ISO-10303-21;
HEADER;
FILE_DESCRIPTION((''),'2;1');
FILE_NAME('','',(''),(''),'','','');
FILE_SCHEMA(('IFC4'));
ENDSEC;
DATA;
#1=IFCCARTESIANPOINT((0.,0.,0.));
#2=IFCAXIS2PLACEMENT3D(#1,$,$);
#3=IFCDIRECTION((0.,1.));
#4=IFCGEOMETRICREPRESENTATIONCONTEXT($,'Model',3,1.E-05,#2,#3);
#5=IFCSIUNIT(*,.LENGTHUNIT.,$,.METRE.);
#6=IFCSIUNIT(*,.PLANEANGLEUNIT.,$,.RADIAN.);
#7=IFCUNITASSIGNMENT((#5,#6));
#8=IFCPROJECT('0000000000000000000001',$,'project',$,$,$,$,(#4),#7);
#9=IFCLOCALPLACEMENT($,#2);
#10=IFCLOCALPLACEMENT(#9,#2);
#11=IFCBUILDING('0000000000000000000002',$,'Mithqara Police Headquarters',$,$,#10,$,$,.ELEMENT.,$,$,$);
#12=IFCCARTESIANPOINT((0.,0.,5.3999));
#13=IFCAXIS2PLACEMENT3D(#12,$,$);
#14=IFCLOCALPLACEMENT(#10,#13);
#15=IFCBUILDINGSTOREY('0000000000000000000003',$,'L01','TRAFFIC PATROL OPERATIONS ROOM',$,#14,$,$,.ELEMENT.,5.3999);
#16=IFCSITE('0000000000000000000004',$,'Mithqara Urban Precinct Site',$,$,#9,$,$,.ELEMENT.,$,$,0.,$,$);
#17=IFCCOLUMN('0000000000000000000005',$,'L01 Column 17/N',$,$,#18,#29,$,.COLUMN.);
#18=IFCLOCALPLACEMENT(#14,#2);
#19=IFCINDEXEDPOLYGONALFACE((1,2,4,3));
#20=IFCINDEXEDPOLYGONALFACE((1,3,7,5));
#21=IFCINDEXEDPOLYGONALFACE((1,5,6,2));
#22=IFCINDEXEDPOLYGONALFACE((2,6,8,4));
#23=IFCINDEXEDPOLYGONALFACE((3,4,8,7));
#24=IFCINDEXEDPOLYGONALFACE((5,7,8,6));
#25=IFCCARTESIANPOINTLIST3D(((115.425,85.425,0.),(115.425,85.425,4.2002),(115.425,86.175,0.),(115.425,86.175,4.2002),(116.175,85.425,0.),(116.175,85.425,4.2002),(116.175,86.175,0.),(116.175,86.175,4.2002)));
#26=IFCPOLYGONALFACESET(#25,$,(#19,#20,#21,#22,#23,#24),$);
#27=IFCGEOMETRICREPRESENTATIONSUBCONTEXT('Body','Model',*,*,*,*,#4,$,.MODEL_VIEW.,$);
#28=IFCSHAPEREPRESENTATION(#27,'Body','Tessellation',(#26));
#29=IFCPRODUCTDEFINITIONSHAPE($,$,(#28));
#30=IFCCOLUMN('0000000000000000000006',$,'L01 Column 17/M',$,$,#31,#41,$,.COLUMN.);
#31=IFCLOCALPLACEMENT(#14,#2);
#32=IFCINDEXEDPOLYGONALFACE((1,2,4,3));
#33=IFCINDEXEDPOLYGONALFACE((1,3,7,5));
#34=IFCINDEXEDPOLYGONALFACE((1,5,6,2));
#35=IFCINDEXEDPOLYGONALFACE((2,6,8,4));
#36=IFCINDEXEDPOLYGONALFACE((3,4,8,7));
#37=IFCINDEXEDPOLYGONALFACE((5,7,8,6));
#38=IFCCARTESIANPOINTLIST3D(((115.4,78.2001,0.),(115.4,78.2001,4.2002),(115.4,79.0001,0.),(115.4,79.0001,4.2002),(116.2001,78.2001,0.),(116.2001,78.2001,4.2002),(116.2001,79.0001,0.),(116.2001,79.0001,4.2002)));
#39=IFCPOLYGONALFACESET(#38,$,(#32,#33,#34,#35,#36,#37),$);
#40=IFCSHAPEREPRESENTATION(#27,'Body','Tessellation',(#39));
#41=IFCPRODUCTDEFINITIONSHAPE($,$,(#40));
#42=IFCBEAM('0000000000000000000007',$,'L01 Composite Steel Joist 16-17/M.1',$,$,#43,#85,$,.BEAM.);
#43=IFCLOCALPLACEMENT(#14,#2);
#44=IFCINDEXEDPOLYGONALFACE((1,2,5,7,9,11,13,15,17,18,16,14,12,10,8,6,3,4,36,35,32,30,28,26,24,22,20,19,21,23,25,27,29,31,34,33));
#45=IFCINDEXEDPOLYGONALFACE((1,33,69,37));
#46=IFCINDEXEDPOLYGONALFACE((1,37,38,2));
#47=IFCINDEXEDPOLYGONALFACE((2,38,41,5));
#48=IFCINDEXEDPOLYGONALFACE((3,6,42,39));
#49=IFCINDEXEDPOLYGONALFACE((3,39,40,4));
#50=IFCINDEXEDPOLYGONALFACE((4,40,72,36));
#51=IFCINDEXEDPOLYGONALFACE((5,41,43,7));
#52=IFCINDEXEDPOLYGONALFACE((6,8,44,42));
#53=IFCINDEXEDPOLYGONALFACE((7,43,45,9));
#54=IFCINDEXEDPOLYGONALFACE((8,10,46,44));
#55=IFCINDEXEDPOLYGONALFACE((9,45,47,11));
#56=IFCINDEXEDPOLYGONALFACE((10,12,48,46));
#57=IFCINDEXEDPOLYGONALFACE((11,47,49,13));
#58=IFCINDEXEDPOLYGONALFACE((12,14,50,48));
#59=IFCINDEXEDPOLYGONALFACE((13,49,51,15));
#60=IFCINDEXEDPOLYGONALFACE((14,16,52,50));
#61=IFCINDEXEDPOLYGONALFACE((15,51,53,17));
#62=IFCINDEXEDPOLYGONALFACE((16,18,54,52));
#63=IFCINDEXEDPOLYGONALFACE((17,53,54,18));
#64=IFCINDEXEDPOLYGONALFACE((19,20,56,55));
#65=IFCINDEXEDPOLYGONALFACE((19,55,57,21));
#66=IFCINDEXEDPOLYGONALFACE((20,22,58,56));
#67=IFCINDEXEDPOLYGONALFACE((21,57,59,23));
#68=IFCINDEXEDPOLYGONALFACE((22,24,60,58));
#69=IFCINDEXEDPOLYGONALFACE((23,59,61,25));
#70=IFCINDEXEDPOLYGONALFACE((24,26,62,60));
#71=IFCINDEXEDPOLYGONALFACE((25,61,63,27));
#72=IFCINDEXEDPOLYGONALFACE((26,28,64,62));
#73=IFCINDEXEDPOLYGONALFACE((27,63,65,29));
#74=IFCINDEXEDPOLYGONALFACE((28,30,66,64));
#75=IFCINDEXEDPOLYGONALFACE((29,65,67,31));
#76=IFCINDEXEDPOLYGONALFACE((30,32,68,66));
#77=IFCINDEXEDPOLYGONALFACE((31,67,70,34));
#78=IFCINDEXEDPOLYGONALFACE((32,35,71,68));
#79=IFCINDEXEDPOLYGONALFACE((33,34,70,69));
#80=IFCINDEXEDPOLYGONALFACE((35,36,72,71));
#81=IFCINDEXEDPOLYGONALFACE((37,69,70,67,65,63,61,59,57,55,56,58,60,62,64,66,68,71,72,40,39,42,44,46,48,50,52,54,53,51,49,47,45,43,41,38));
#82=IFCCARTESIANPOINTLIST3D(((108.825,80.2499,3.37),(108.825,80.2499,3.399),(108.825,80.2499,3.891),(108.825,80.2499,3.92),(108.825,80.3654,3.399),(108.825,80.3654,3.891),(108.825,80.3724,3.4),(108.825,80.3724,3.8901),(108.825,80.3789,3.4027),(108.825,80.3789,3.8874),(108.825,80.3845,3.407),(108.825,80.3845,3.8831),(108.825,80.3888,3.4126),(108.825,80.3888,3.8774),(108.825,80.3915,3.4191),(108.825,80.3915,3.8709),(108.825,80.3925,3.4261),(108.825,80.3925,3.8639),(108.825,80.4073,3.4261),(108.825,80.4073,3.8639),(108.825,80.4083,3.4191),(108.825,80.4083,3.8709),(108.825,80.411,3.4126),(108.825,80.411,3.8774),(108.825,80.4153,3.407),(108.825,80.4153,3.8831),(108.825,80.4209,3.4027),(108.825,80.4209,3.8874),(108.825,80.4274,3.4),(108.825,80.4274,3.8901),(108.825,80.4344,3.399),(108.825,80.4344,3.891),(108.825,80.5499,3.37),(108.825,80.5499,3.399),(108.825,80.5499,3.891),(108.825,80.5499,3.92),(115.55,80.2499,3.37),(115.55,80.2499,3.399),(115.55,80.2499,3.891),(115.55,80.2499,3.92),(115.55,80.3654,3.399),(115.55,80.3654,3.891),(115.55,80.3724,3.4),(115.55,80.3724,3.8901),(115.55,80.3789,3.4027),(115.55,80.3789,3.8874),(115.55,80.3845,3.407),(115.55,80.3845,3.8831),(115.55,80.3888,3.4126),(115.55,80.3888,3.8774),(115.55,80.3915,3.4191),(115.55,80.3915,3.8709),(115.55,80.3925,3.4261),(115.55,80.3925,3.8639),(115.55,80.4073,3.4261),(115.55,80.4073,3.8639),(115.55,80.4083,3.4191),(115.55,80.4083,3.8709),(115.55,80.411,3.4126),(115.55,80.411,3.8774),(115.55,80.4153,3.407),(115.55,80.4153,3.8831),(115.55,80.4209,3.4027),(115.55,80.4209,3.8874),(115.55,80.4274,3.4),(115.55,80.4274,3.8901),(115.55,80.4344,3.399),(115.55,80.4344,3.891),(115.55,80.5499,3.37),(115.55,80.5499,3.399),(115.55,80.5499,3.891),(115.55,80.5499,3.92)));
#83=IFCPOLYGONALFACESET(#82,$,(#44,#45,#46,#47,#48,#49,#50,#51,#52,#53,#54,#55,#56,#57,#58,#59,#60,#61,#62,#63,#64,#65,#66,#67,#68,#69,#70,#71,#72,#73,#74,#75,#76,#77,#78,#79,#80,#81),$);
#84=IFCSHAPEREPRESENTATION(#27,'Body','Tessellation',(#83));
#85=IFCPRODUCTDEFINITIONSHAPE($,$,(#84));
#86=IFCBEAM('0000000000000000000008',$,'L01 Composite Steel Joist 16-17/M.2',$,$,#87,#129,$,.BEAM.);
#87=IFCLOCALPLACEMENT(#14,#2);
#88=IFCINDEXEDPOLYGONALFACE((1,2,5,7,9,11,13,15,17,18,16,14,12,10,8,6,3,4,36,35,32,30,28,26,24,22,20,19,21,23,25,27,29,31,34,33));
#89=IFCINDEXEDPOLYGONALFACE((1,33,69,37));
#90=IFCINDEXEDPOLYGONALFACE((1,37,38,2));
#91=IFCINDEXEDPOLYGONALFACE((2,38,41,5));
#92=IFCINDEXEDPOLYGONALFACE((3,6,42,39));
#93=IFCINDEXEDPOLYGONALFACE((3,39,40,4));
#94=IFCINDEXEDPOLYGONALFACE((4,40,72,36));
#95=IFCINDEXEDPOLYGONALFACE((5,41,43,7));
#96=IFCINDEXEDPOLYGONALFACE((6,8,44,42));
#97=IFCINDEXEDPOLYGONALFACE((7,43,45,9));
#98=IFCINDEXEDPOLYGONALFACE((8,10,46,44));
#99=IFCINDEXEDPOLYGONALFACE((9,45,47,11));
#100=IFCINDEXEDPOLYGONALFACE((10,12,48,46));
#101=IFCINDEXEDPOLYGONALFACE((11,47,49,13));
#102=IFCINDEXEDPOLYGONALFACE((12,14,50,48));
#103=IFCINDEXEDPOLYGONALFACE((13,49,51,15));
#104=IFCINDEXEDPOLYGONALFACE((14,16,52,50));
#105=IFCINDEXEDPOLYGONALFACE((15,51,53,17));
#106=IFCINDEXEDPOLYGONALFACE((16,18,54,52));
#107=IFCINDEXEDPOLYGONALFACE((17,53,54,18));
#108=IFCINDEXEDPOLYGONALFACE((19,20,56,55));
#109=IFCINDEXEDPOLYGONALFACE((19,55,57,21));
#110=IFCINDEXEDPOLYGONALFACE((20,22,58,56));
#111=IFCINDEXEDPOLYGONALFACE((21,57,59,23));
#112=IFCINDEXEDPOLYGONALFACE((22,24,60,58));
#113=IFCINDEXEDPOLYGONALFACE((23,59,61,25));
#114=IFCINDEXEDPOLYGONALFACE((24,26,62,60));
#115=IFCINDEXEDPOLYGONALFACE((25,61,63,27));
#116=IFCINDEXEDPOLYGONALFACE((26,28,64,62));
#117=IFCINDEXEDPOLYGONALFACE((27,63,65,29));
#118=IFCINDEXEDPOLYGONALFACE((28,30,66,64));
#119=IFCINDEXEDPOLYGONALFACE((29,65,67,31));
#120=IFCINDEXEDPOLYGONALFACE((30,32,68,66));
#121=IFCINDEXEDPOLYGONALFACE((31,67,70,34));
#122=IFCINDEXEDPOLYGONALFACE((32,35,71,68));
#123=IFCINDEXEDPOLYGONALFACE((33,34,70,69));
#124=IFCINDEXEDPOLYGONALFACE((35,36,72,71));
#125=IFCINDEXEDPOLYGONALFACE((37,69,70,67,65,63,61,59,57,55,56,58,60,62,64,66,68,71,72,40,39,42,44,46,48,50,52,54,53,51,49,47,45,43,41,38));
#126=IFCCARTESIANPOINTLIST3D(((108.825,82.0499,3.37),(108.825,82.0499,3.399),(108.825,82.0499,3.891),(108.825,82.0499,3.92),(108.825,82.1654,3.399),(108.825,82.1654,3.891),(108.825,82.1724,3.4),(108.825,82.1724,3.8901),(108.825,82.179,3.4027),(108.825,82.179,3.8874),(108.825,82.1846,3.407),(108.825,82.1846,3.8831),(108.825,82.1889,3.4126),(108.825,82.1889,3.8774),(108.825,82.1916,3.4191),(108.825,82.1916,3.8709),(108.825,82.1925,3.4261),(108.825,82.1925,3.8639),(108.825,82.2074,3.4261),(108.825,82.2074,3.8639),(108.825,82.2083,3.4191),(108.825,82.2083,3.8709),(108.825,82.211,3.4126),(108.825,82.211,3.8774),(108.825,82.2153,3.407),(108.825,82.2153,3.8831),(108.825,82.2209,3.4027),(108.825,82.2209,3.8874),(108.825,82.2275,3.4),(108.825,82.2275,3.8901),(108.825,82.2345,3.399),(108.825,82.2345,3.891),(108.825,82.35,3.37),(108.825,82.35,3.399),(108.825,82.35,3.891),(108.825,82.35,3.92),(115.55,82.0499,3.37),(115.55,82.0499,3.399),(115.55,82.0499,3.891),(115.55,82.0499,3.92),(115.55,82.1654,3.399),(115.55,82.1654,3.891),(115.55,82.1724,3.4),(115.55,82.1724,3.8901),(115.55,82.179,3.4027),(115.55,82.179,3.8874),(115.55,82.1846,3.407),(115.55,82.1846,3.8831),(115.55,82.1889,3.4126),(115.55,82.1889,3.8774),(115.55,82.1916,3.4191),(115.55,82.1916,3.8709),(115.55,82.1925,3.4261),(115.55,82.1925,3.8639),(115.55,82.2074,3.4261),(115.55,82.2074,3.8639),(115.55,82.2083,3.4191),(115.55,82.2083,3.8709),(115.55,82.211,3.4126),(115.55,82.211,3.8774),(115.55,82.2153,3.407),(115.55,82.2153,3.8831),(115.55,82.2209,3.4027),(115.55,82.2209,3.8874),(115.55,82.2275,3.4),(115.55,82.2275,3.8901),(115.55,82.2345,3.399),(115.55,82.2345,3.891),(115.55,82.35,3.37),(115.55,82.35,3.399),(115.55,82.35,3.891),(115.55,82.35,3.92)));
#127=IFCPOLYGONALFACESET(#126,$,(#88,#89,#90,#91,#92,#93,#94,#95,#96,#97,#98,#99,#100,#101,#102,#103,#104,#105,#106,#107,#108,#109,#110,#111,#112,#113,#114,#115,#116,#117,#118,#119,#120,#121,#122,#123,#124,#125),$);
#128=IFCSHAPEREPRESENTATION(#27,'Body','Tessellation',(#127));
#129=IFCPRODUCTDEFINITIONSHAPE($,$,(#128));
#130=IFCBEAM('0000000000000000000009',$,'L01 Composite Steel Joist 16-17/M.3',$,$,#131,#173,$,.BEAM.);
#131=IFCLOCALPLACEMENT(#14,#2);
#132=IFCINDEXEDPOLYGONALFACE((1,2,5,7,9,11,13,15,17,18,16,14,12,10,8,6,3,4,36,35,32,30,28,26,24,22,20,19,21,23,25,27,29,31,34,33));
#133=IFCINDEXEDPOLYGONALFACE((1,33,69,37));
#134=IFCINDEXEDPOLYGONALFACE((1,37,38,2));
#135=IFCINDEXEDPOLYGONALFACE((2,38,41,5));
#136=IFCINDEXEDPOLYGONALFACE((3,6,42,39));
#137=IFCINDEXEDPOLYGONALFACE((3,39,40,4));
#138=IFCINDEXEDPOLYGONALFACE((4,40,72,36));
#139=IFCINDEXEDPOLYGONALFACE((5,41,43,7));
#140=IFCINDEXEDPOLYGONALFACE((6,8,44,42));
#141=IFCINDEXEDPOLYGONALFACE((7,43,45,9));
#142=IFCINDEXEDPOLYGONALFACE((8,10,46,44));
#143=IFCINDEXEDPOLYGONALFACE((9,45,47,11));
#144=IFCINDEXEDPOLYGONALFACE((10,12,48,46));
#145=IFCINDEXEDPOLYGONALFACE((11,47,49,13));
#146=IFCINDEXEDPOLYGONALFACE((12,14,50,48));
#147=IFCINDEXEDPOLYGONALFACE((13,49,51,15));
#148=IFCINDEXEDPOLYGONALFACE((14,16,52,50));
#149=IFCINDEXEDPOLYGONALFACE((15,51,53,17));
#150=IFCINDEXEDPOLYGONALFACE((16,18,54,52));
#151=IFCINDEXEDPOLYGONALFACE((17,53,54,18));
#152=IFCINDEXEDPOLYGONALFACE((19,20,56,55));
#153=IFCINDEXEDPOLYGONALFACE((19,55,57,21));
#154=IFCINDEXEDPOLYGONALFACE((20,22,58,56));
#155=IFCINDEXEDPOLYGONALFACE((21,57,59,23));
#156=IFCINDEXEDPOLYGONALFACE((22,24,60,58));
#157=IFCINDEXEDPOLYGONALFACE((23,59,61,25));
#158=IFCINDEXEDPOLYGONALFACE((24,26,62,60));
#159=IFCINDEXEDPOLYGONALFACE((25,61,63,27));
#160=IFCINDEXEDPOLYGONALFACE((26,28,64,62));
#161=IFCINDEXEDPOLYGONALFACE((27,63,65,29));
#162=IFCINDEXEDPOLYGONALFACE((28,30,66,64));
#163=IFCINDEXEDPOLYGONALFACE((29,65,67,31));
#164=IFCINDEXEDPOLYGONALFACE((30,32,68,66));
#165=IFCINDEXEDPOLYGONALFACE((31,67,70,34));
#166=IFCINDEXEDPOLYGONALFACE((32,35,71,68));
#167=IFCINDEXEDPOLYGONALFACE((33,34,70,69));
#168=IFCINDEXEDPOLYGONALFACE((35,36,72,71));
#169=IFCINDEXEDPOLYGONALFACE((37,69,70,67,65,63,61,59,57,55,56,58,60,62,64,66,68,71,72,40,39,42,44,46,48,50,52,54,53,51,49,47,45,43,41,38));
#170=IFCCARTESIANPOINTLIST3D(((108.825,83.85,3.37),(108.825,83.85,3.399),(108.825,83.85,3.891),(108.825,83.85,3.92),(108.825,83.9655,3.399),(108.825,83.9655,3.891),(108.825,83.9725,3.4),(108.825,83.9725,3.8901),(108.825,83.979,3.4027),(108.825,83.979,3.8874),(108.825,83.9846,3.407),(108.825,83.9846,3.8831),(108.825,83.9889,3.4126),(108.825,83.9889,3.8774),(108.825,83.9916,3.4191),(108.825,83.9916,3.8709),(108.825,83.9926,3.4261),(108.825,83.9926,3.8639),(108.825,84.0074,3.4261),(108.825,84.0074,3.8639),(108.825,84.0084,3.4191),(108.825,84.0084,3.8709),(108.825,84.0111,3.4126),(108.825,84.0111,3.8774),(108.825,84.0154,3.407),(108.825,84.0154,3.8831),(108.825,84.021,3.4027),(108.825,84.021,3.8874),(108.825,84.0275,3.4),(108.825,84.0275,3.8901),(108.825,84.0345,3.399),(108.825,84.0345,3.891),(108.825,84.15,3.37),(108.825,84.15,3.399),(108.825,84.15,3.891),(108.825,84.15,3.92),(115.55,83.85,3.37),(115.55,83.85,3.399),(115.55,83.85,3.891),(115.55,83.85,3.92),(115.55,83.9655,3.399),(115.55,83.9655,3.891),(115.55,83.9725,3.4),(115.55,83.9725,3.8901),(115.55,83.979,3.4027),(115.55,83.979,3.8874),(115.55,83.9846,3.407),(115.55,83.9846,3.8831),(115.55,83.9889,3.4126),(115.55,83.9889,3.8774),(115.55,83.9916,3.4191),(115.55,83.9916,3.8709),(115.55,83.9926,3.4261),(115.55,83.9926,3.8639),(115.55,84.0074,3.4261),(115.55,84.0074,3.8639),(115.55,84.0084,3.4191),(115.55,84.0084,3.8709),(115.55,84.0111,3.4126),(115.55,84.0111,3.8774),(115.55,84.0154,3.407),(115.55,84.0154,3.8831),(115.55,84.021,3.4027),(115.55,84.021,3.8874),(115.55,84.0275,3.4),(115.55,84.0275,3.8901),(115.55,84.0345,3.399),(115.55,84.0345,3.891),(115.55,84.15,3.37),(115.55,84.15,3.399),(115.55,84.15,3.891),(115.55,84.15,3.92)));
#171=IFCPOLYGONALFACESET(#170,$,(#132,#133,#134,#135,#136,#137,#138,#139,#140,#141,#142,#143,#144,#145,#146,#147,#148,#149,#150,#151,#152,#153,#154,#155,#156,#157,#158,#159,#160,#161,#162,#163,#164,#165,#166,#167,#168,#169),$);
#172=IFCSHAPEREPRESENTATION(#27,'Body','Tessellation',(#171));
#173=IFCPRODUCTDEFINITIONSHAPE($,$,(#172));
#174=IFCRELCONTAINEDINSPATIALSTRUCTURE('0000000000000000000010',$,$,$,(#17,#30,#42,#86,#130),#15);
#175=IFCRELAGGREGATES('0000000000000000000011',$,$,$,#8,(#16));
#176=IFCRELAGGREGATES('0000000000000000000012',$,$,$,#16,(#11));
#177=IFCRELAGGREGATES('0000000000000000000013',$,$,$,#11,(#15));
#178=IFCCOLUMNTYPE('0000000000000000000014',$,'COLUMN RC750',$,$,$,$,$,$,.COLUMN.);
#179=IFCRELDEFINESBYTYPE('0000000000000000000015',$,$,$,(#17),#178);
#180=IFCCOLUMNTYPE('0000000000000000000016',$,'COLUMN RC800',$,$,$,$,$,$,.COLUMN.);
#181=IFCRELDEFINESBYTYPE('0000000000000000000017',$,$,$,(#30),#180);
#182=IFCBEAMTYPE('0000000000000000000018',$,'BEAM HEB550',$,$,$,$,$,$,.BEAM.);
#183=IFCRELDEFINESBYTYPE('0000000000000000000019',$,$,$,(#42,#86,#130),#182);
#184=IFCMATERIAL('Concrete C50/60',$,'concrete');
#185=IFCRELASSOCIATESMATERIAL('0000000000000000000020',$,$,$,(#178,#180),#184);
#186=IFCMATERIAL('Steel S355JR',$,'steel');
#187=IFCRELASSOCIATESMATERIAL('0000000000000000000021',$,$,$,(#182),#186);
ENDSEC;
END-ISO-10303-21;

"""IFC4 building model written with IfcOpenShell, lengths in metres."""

from ifc_helpers import new_model, si_unit, direction, frame, origin, origin_2d, place, context, subcontext, project, spatial, rectangle, i_section, extrude, material, material_profile, profile_set, type_object, element, save


model = new_model("IFC4")

# Units and contexts
model_context = context("Model", 3, precision=1e-05, world=origin(), true_north=direction((0.0, 1.0)))
body_context = subcontext(model_context, "Body", "Model", "MODEL_VIEW")
ifc_project = project(units=[si_unit("LENGTHUNIT", "METRE"), si_unit("PLANEANGLEUNIT", "RADIAN")], contexts=[model_context])

# Site, building, storey
site_placement = place(None, origin())
site = spatial("IfcSite", under=ifc_project, at=site_placement, Name="Mithqara Urban Precinct Site", CompositionType="ELEMENT", RefElevation=0.0)
building_placement = place(site_placement, origin())
building = spatial("IfcBuilding", under=site, at=building_placement, Name="Mithqara Police Headquarters", CompositionType="ELEMENT")
storey_placement = place(building_placement, frame((0.0, 0.0, 5.3999)))
storey = spatial("IfcBuildingStorey", under=building, at=storey_placement, Name="L01", Description="TRAFFIC PATROL OPERATIONS ROOM", CompositionType="ELEMENT", Elevation=5.3999)

# Columns
ifc_material_1 = material(Name="Concrete C50/60", Category="concrete")
ifc_material_profile_1 = material_profile(ifc_material_1, rectangle(XDim=0.75, YDim=0.75, at=origin_2d()), Name="RC 750x750")
ifc_profile_set_1 = profile_set([ifc_material_profile_1], Name="Concrete C50/60")
column_type_1 = type_object("IfcColumnType", Name="COLUMN RC750", PredefinedType="COLUMN", material=ifc_profile_set_1)
column_1_placement = place(storey_placement, frame((115.8, 85.8, 0.0), z_axis=(0.0, 0.0, 1.0), x_axis=(1.0, 0.0, 0.0)))
element("IfcColumn", 1, at=column_1_placement, inside=storey, type_object=column_type_1, Name="L01 Column 17/N", PredefinedType="COLUMN", context=body_context, shape_type="SweptSolid", body=[
    extrude(rectangle(XDim=0.75, YDim=0.75, at=origin_2d()), origin(), (0.0, 0.0, 1.0), 4.2002),
])
ifc_material_profile_2 = material_profile(ifc_material_1, rectangle(XDim=0.8, YDim=0.8, at=origin_2d()), Name="RC 800x800")
ifc_profile_set_2 = profile_set([ifc_material_profile_2], Name="Concrete C50/60")
column_type_2 = type_object("IfcColumnType", Name="COLUMN RC800", PredefinedType="COLUMN", material=ifc_profile_set_2)
column_2_placement = place(storey_placement, frame((115.8, 78.6001, 0.0), z_axis=(0.0, 0.0, 1.0), x_axis=(1.0, 0.0, 0.0)))
element("IfcColumn", 2, at=column_2_placement, inside=storey, type_object=column_type_2, Name="L01 Column 17/M", PredefinedType="COLUMN", context=body_context, shape_type="SweptSolid", body=[
    extrude(rectangle(XDim=0.8, YDim=0.8, at=origin_2d()), origin(), (0.0, 0.0, 1.0), 4.2002),
])

# Beams
ifc_material_2 = material(Name="Steel S355JR", Category="steel")
ifc_material_profile_3 = material_profile(ifc_material_2, i_section(OverallWidth=0.3, OverallDepth=0.55, WebThickness=0.0149, FlangeThickness=0.0291, FilletRadius=0.0271, at=origin_2d()), Name="HEB 550")
ifc_profile_set_3 = profile_set([ifc_material_profile_3], Name="Steel S355JR")
beam_type_1 = type_object("IfcBeamType", Name="BEAM HEB550", PredefinedType="BEAM", material=ifc_profile_set_3)
for number, where, z_axis, x_axis, name in (
    (3, (108.825, 80.3999, 3.645), (1.0, 0.0, 0.0), (0.0, 1.0, 0.0), "L01 Composite Steel Joist 16-17/M.1"),
    (4, (108.825, 82.2, 3.645), (1.0, 0.0, 0.0), (0.0, 1.0, 0.0), "L01 Composite Steel Joist 16-17/M.2"),
    (5, (108.825, 84.0, 3.645), (1.0, 0.0, 0.0), (0.0, 1.0, 0.0), "L01 Composite Steel Joist 16-17/M.3"),
):
    element("IfcBeam", number, at=place(storey_placement, frame(where, z_axis=z_axis, x_axis=x_axis)), inside=storey, type_object=beam_type_1, Name=name, PredefinedType="BEAM", context=body_context, shape_type="SweptSolid", body=[
        extrude(i_section(OverallWidth=0.3, OverallDepth=0.55, WebThickness=0.0149, FlangeThickness=0.0291, FilletRadius=0.0271, at=origin_2d()), origin(), (0.0, 0.0, 1.0), 6.7251),
    ])

save(model, "model.ifc")
